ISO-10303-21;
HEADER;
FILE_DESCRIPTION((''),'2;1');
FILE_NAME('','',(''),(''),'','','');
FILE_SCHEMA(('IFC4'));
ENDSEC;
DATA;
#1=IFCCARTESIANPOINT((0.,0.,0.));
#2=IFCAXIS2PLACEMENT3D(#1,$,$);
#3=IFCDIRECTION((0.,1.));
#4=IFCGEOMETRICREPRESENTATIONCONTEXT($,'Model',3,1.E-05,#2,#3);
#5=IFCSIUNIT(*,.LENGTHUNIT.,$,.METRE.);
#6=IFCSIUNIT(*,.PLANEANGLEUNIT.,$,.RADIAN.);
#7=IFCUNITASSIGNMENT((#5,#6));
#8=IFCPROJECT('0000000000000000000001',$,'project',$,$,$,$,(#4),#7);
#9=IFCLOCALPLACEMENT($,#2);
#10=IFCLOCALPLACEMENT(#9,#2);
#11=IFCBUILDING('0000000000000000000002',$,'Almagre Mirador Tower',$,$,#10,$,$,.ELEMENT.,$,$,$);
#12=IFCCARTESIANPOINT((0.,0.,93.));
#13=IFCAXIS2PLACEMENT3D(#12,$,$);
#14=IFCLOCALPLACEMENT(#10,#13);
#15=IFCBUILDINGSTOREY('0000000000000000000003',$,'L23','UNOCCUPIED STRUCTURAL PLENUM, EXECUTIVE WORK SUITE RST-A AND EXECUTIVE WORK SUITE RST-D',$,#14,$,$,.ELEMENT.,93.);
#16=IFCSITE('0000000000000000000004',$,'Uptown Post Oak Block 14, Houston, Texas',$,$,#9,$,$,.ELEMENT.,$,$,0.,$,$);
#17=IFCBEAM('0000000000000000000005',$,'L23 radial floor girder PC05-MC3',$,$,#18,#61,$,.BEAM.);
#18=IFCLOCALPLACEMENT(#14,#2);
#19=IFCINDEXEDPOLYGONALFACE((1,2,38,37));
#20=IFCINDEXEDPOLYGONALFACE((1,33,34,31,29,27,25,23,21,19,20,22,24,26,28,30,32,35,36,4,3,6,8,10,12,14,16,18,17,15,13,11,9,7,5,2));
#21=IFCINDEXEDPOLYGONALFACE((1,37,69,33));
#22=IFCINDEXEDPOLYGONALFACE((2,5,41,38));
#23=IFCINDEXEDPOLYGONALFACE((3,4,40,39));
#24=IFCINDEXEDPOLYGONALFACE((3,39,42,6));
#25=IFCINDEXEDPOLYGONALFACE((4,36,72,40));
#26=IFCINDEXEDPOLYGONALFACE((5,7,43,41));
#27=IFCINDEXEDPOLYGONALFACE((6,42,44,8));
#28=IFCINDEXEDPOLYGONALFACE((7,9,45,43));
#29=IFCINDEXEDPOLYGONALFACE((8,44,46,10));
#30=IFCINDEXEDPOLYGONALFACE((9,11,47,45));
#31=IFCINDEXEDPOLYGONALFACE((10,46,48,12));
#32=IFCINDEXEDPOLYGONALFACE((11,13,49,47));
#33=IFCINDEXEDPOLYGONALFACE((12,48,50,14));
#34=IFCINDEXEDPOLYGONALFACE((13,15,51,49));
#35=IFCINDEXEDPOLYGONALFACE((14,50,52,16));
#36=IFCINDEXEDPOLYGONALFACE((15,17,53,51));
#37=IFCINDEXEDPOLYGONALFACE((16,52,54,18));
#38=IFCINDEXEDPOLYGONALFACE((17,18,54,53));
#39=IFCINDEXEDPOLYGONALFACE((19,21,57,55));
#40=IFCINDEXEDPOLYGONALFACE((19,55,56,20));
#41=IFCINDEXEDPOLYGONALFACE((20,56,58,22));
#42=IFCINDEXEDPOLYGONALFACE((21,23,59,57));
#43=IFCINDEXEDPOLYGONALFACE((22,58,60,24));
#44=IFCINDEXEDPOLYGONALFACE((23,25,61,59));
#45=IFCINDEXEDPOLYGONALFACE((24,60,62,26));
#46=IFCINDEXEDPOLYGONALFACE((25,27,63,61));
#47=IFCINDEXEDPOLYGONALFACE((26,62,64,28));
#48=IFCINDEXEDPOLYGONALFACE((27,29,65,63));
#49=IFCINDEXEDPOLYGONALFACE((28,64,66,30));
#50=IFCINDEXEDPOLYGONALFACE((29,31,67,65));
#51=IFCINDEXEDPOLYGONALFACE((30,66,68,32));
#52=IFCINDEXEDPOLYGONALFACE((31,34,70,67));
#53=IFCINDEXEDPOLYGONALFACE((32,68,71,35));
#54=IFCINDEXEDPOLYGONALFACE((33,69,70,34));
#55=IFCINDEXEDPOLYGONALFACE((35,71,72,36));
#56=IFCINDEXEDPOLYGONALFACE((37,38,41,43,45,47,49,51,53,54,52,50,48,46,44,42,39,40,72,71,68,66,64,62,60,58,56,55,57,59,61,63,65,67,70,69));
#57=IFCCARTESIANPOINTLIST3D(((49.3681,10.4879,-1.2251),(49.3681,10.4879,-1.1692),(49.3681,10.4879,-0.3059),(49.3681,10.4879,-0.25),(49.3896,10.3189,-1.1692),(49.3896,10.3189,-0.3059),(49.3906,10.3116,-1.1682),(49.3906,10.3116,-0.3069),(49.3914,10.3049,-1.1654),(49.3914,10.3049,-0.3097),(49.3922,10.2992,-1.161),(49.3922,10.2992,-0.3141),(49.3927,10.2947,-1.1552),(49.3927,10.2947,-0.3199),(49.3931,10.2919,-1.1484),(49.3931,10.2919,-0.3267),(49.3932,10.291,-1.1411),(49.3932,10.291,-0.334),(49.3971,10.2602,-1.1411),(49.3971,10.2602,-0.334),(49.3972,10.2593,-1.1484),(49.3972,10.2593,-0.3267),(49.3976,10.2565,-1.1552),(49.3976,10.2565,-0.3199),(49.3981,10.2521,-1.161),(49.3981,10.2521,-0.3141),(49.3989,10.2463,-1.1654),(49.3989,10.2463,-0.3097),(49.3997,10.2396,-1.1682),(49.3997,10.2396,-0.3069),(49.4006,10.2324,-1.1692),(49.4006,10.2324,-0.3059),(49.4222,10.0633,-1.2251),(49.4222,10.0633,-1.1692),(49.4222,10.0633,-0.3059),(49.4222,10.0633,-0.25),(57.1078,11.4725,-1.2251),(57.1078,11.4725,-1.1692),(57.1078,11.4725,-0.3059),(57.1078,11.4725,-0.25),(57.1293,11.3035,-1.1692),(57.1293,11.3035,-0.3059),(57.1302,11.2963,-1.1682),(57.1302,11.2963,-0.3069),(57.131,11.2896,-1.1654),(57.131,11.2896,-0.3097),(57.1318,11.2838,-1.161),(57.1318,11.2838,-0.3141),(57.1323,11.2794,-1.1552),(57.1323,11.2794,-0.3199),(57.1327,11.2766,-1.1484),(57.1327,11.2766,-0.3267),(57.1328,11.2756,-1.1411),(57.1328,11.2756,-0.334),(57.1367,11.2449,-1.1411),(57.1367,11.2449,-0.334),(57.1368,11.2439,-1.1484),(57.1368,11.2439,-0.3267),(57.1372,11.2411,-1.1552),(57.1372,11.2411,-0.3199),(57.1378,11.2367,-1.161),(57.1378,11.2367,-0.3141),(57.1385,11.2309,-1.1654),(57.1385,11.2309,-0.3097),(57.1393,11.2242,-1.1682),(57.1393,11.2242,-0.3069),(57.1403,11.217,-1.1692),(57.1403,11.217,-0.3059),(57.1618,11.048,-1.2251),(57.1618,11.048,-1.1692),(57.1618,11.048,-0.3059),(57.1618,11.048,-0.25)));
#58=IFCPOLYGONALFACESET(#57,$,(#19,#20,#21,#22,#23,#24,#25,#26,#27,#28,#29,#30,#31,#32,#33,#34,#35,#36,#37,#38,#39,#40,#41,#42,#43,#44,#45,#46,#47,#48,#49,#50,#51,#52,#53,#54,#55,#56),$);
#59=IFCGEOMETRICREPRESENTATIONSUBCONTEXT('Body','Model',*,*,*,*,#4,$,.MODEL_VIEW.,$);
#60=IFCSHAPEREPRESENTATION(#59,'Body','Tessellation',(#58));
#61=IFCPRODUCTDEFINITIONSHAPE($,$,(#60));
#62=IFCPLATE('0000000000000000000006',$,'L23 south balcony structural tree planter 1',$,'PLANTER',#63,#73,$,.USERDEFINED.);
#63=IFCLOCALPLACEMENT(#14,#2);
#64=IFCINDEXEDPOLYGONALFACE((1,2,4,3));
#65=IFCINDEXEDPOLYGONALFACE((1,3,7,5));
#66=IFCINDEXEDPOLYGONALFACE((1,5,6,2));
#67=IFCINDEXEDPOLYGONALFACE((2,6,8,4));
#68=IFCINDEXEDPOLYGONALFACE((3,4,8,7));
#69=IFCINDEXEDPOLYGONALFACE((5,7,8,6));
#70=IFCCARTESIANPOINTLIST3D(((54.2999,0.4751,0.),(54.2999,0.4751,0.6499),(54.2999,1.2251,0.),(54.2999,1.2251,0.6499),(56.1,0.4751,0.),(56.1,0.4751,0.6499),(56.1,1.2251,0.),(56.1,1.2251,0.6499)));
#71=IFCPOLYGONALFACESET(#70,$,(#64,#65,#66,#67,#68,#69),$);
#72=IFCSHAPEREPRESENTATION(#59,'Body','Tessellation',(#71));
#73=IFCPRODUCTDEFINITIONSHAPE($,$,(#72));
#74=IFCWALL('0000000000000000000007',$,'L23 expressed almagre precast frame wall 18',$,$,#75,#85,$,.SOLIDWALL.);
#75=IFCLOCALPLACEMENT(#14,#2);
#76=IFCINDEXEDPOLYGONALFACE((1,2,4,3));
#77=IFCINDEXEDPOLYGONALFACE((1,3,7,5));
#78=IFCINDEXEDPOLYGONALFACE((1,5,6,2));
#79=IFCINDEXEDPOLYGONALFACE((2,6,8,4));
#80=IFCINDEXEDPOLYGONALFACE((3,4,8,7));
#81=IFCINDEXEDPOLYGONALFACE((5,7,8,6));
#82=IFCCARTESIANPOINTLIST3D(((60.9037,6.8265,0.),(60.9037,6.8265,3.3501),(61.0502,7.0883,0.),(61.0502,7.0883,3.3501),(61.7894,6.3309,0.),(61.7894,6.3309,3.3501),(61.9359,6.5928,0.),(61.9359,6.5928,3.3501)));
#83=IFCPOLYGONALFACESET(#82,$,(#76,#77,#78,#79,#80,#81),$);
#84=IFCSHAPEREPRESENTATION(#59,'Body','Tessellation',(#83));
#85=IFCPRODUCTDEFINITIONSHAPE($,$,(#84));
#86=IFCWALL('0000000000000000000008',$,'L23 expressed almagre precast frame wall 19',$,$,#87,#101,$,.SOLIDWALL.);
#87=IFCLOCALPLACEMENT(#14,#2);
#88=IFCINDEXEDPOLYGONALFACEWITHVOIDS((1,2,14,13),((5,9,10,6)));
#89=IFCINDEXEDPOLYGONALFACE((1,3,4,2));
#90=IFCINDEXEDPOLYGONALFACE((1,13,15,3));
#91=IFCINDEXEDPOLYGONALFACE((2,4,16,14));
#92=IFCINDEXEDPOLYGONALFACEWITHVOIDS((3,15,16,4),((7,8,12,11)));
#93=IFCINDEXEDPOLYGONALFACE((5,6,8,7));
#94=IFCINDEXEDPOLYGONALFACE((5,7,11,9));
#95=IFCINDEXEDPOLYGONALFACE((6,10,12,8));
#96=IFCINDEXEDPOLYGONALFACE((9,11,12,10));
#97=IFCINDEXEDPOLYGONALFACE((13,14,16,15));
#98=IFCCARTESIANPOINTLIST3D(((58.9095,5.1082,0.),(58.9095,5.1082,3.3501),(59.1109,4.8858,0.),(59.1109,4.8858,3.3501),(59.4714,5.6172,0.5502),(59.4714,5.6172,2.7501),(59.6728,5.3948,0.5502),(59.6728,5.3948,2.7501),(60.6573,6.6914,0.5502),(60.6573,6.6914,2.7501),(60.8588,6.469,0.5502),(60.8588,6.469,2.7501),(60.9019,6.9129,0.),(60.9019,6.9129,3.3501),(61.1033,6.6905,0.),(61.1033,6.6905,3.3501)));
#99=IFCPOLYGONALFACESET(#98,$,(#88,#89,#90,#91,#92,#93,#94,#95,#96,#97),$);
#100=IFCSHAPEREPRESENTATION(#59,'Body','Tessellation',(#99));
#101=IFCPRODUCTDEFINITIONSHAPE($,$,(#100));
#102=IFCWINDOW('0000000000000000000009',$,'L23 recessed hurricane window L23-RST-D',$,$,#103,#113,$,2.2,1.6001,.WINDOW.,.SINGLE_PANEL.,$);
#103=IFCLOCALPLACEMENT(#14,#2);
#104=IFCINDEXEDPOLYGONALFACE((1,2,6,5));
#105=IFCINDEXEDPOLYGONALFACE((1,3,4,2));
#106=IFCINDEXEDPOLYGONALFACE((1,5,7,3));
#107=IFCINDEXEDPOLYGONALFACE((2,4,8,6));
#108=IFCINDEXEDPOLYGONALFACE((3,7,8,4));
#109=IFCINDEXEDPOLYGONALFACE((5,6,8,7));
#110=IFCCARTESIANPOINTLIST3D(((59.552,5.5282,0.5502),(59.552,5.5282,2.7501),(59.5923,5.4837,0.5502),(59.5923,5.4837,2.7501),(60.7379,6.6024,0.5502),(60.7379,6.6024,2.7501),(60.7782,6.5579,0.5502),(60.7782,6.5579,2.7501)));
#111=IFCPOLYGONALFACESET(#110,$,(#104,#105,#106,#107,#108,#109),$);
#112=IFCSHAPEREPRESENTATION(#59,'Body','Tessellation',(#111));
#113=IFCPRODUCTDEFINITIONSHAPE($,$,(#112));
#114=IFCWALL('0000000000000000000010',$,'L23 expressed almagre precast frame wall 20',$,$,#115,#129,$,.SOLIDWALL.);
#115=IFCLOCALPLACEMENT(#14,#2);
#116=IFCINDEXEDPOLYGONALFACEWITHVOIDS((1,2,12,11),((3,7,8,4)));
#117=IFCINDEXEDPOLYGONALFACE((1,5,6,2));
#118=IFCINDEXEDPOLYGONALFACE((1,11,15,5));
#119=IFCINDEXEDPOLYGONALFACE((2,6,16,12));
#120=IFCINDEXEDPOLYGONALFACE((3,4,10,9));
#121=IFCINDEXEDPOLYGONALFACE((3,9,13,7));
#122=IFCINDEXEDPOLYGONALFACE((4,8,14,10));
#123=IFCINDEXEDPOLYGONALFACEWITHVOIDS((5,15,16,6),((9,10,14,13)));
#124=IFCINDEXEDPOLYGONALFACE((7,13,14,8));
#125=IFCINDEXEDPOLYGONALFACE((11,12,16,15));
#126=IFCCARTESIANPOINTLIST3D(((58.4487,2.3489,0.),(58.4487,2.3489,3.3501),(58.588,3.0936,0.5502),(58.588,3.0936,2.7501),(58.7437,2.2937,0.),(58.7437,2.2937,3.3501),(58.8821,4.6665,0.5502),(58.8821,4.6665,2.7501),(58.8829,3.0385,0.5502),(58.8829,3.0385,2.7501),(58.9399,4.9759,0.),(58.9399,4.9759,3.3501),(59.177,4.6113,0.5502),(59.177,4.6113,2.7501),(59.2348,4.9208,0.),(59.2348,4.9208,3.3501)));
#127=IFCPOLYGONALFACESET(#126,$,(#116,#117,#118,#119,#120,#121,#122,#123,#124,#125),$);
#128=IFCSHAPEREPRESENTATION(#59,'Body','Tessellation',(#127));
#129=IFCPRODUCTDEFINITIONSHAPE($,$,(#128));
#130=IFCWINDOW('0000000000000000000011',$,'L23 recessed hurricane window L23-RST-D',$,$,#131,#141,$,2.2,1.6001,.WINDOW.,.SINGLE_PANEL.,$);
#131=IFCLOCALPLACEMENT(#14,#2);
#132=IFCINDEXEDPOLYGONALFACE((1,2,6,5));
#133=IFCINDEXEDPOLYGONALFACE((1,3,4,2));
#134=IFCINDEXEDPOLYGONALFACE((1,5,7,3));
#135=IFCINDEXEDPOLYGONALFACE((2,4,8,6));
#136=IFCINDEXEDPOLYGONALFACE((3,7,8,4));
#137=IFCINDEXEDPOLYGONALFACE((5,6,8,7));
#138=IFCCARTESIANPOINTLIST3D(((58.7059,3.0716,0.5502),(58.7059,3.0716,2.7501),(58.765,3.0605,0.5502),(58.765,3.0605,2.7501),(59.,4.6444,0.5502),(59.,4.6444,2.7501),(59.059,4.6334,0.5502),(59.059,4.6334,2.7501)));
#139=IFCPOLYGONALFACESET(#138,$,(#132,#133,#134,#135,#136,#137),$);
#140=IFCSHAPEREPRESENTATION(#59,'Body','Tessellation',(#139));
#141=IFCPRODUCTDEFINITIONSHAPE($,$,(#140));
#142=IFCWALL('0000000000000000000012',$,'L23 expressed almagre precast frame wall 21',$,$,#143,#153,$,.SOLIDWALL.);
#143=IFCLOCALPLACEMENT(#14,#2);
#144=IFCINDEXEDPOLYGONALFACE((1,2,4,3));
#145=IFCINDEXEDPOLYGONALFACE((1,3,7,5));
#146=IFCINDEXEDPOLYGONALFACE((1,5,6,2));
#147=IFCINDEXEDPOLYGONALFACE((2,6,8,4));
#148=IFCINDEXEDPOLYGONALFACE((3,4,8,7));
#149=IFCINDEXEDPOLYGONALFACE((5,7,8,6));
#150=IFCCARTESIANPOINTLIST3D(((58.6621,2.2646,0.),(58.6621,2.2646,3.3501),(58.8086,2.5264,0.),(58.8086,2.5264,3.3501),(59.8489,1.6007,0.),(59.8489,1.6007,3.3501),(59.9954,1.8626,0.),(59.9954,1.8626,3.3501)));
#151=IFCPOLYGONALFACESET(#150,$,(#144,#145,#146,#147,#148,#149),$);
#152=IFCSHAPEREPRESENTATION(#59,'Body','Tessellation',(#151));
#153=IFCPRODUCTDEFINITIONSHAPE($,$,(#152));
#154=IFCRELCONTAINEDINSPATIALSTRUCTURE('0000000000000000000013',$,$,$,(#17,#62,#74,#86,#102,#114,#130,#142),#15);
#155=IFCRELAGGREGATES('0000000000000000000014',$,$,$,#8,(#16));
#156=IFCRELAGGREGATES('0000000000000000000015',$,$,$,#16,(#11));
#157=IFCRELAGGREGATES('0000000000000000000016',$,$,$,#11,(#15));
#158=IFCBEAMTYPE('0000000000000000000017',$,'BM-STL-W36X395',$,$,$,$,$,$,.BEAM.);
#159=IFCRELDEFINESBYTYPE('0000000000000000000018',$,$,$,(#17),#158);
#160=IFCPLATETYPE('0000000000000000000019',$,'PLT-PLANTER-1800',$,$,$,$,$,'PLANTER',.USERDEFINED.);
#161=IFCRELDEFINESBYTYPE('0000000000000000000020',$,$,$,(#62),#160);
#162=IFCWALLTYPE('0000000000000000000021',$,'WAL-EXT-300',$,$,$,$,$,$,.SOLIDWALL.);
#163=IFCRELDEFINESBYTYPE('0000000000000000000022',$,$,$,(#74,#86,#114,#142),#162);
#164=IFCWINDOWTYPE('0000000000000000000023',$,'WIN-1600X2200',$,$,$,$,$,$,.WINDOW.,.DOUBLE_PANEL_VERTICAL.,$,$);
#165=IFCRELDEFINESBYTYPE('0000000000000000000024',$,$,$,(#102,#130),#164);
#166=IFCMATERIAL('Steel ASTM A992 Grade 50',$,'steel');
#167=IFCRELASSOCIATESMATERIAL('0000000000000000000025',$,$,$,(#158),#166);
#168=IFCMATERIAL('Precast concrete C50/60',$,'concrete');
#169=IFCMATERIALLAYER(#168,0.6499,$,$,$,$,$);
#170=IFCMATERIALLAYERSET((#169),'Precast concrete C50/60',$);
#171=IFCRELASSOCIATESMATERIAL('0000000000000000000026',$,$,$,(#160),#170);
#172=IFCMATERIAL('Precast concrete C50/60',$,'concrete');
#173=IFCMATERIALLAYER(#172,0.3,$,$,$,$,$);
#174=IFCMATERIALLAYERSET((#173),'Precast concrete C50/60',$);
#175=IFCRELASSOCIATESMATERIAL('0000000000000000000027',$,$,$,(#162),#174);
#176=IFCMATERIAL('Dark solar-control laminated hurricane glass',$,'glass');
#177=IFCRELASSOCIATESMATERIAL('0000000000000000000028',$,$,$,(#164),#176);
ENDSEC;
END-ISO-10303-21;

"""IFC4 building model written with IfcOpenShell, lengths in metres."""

from ifc_helpers import new_model, si_unit, direction, frame, frame_2d, origin, origin_2d, place, context, subcontext, project, spatial, rectangle, i_section, extrude, material, layer, layer_set, material_profile, profile_set, type_object, element, fill, save


model = new_model("IFC4")

# Units and contexts
model_context = context("Model", 3, precision=1e-05, world=origin(), true_north=direction((0.0, 1.0)))
body_context = subcontext(model_context, "Body", "Model", "MODEL_VIEW")
ifc_project = project(units=[si_unit("LENGTHUNIT", "METRE"), si_unit("PLANEANGLEUNIT", "RADIAN")], contexts=[model_context])

# Site, building, storey
site_placement = place(None, origin())
site = spatial("IfcSite", under=ifc_project, at=site_placement, Name="Uptown Post Oak Block 14, Houston, Texas", CompositionType="ELEMENT", RefElevation=0.0)
building_placement = place(site_placement, origin())
building = spatial("IfcBuilding", under=site, at=building_placement, Name="Almagre Mirador Tower", CompositionType="ELEMENT")
storey_placement = place(building_placement, frame((0.0, 0.0, 93.0)))
storey = spatial("IfcBuildingStorey", under=building, at=storey_placement, Name="L23", Description="UNOCCUPIED STRUCTURAL PLENUM, EXECUTIVE WORK SUITE RST-A AND EXECUTIVE WORK SUITE RST-D", CompositionType="ELEMENT", Elevation=93.0)

# Beam
ifc_material_1 = material(Name="Steel ASTM A992 Grade 50", Category="steel")
ifc_material_profile_1 = material_profile(ifc_material_1, i_section(OverallWidth=0.428, OverallDepth=0.9751, WebThickness=0.031, FlangeThickness=0.0559, FilletRadius=0.0281, at=origin_2d()), Name="W36X395")
ifc_profile_set_1 = profile_set([ifc_material_profile_1], Name="Steel ASTM A992 Grade 50")
beam_type_1 = type_object("IfcBeamType", Name="BM-STL-W36X395", PredefinedType="BEAM", material=ifc_profile_set_1)
beam_1_placement = place(storey_placement, frame((57.1348, 11.2603, -0.7375), z_axis=(-0.992004, -0.126203, 0.0), x_axis=(0.126203, -0.992004, 0.0)))
element("IfcBeam", 1, at=beam_1_placement, inside=storey, type_object=beam_type_1, Name="L23 radial floor girder PC05-MC3", PredefinedType="BEAM", context=body_context, shape_type="SweptSolid", body=[
    extrude(i_section(OverallWidth=0.428, OverallDepth=0.9751, WebThickness=0.031, FlangeThickness=0.0559, FilletRadius=0.0281, at=origin_2d()), origin(), (0.0, 0.0, 1.0), 7.802),
])

# Plate
ifc_material_2 = material(Name="Precast concrete C50/60", Category="concrete")
ifc_layer_1 = layer(ifc_material_2, 0.6499)
ifc_layer_set_1 = layer_set([ifc_layer_1], Name="Precast concrete C50/60")
plate_type = type_object("IfcPlateType", Name="PLT-PLANTER-1800", ElementType="PLANTER", PredefinedType="USERDEFINED", material=ifc_layer_set_1)
plate_placement = place(storey_placement, frame((55.2, 0.8501, 0.0), z_axis=(0.0, 0.0, 1.0), x_axis=(1.0, 0.0, 0.0)))
element("IfcPlate", 2, at=plate_placement, inside=storey, type_object=plate_type, Name="L23 south balcony structural tree planter 1", ObjectType="PLANTER", PredefinedType="USERDEFINED", context=body_context, shape_type="SweptSolid", body=[
    extrude(rectangle(XDim=1.8, YDim=0.75, at=origin_2d()), origin(), (0.0, 0.0, 1.0), 0.6499),
])

# Wall
ifc_material_3 = material(Name="Precast concrete C50/60", Category="concrete")
ifc_layer_2 = layer(ifc_material_3, 0.3)
ifc_layer_set_2 = layer_set([ifc_layer_2], Name="Precast concrete C50/60")
wall_type_1 = type_object("IfcWallType", Name="WAL-EXT-300", PredefinedType="SOLIDWALL", material=ifc_layer_set_2)
wall_1_placement = place(storey_placement, frame((61.8625, 6.4619, 0.0), z_axis=(0.0, 0.0, 1.0), x_axis=(-0.872678, 0.488296, 0.0)))
element("IfcWall", 3, at=wall_1_placement, inside=storey, type_object=wall_type_1, Name="L23 expressed almagre precast frame wall 18", PredefinedType="SOLIDWALL", context=body_context, shape_type="SweptSolid", body=[
    extrude(rectangle(XDim=1.0149, YDim=0.3, at=frame_2d((0.5073, 0.0))), origin(), (0.0, 0.0, 1.0), 3.3501),
])

# Walls, openings, windows
wall_2_placement = place(storey_placement, frame((61.0027, 6.8018, 0.0), z_axis=(0.0, 0.0, 1.0), x_axis=(-0.741163, -0.671325, 0.0)))
wall_2 = element("IfcWall", 4, at=wall_2_placement, inside=storey, type_object=wall_type_1, Name="L23 expressed almagre precast frame wall 19", PredefinedType="SOLIDWALL", context=body_context, shape_type="SweptSolid", body=[
    extrude(rectangle(XDim=2.6882, YDim=0.3, at=frame_2d((1.3442, 0.0))), origin(), (0.0, 0.0, 1.0), 3.3501),
])
opening_1_placement = place(wall_2_placement, frame((0.3301, 0.0, 0.55)))
opening_1 = element("IfcOpeningElement", 5, at=opening_1_placement, cuts=wall_2, PredefinedType="OPENING", context=body_context, shape_type="SweptSolid", body=[
    extrude(rectangle(XDim=1.6001, YDim=2.2, at=frame_2d((0.8, 1.1001))), frame((0.0, 0.1599, 0.0), z_axis=(0.0, -1.0, 0.0), x_axis=(1.0, 0.0, 0.0)), (0.0, 0.0, 1.0), 0.32),
])
ifc_material_4 = material(Name="Dark solar-control laminated hurricane glass", Category="glass")
window_type_1 = type_object("IfcWindowType", Name="WIN-1600X2200", PartitioningType="DOUBLE_PANEL_VERTICAL", PredefinedType="WINDOW", material=ifc_material_4)
window_1_placement = place(opening_1_placement, origin())
window_1 = element("IfcWindow", 6, at=window_1_placement, inside=storey, type_object=window_type_1, Name="L23 recessed hurricane window L23-RST-D", OverallHeight=2.2, OverallWidth=1.6001, PartitioningType="SINGLE_PANEL", PredefinedType="WINDOW", context=body_context, shape_type="SweptSolid", body=[
    extrude(rectangle(XDim=1.6001, YDim=2.2, at=frame_2d((0.8, 1.1001))), frame((0.0, 0.03, 0.0), z_axis=(0.0, -1.0, 0.0), x_axis=(1.0, 0.0, 0.0)), (0.0, 0.0, 1.0), 0.0601),
])
fill(opening_1, window_1)
wall_3_placement = place(storey_placement, frame((59.0874, 4.9485, 0.0), z_axis=(0.0, 0.0, 1.0), x_axis=(-0.183787, -0.982966, 0.0)))
wall_3 = element("IfcWall", 7, at=wall_3_placement, inside=storey, type_object=wall_type_1, Name="L23 expressed almagre precast frame wall 20", PredefinedType="SOLIDWALL", context=body_context, shape_type="SweptSolid", body=[
    extrude(rectangle(XDim=2.6726, YDim=0.3, at=frame_2d((1.3364, 0.0))), origin(), (0.0, 0.0, 1.0), 3.3501),
])
opening_2_placement = place(wall_3_placement, frame((0.3149, 0.0, 0.55)))
opening_2 = element("IfcOpeningElement", 8, at=opening_2_placement, cuts=wall_3, PredefinedType="OPENING", context=body_context, shape_type="SweptSolid", body=[
    extrude(rectangle(XDim=1.6001, YDim=2.2, at=frame_2d((0.8, 1.1001))), frame((0.0, 0.1599, 0.0), z_axis=(0.0, -1.0, 0.0), x_axis=(1.0, 0.0, 0.0)), (0.0, 0.0, 1.0), 0.32),
])
window_2_placement = place(opening_2_placement, origin())
window_2 = element("IfcWindow", 9, at=window_2_placement, inside=storey, type_object=window_type_1, Name="L23 recessed hurricane window L23-RST-D", OverallHeight=2.2, OverallWidth=1.6001, PartitioningType="SINGLE_PANEL", PredefinedType="WINDOW", context=body_context, shape_type="SweptSolid", body=[
    extrude(rectangle(XDim=1.6001, YDim=2.2, at=frame_2d((0.8, 1.1001))), frame((0.0, 0.03, 0.0), z_axis=(0.0, -1.0, 0.0), x_axis=(1.0, 0.0, 0.0)), (0.0, 0.0, 1.0), 0.0601),
])
fill(opening_2, window_2)

# Wall
wall_4_placement = place(storey_placement, frame((58.7354, 2.3955, 0.0), z_axis=(0.0, 0.0, 1.0), x_axis=(0.872748, -0.488171, 0.0)))
element("IfcWall", 10, at=wall_4_placement, inside=storey, type_object=wall_type_1, Name="L23 expressed almagre precast frame wall 21", PredefinedType="SOLIDWALL", context=body_context, shape_type="SweptSolid", body=[
    extrude(rectangle(XDim=1.3599, YDim=0.3, at=frame_2d((0.6799, 0.0))), origin(), (0.0, 0.0, 1.0), 3.3501),
])

save(model, "model.ifc")
